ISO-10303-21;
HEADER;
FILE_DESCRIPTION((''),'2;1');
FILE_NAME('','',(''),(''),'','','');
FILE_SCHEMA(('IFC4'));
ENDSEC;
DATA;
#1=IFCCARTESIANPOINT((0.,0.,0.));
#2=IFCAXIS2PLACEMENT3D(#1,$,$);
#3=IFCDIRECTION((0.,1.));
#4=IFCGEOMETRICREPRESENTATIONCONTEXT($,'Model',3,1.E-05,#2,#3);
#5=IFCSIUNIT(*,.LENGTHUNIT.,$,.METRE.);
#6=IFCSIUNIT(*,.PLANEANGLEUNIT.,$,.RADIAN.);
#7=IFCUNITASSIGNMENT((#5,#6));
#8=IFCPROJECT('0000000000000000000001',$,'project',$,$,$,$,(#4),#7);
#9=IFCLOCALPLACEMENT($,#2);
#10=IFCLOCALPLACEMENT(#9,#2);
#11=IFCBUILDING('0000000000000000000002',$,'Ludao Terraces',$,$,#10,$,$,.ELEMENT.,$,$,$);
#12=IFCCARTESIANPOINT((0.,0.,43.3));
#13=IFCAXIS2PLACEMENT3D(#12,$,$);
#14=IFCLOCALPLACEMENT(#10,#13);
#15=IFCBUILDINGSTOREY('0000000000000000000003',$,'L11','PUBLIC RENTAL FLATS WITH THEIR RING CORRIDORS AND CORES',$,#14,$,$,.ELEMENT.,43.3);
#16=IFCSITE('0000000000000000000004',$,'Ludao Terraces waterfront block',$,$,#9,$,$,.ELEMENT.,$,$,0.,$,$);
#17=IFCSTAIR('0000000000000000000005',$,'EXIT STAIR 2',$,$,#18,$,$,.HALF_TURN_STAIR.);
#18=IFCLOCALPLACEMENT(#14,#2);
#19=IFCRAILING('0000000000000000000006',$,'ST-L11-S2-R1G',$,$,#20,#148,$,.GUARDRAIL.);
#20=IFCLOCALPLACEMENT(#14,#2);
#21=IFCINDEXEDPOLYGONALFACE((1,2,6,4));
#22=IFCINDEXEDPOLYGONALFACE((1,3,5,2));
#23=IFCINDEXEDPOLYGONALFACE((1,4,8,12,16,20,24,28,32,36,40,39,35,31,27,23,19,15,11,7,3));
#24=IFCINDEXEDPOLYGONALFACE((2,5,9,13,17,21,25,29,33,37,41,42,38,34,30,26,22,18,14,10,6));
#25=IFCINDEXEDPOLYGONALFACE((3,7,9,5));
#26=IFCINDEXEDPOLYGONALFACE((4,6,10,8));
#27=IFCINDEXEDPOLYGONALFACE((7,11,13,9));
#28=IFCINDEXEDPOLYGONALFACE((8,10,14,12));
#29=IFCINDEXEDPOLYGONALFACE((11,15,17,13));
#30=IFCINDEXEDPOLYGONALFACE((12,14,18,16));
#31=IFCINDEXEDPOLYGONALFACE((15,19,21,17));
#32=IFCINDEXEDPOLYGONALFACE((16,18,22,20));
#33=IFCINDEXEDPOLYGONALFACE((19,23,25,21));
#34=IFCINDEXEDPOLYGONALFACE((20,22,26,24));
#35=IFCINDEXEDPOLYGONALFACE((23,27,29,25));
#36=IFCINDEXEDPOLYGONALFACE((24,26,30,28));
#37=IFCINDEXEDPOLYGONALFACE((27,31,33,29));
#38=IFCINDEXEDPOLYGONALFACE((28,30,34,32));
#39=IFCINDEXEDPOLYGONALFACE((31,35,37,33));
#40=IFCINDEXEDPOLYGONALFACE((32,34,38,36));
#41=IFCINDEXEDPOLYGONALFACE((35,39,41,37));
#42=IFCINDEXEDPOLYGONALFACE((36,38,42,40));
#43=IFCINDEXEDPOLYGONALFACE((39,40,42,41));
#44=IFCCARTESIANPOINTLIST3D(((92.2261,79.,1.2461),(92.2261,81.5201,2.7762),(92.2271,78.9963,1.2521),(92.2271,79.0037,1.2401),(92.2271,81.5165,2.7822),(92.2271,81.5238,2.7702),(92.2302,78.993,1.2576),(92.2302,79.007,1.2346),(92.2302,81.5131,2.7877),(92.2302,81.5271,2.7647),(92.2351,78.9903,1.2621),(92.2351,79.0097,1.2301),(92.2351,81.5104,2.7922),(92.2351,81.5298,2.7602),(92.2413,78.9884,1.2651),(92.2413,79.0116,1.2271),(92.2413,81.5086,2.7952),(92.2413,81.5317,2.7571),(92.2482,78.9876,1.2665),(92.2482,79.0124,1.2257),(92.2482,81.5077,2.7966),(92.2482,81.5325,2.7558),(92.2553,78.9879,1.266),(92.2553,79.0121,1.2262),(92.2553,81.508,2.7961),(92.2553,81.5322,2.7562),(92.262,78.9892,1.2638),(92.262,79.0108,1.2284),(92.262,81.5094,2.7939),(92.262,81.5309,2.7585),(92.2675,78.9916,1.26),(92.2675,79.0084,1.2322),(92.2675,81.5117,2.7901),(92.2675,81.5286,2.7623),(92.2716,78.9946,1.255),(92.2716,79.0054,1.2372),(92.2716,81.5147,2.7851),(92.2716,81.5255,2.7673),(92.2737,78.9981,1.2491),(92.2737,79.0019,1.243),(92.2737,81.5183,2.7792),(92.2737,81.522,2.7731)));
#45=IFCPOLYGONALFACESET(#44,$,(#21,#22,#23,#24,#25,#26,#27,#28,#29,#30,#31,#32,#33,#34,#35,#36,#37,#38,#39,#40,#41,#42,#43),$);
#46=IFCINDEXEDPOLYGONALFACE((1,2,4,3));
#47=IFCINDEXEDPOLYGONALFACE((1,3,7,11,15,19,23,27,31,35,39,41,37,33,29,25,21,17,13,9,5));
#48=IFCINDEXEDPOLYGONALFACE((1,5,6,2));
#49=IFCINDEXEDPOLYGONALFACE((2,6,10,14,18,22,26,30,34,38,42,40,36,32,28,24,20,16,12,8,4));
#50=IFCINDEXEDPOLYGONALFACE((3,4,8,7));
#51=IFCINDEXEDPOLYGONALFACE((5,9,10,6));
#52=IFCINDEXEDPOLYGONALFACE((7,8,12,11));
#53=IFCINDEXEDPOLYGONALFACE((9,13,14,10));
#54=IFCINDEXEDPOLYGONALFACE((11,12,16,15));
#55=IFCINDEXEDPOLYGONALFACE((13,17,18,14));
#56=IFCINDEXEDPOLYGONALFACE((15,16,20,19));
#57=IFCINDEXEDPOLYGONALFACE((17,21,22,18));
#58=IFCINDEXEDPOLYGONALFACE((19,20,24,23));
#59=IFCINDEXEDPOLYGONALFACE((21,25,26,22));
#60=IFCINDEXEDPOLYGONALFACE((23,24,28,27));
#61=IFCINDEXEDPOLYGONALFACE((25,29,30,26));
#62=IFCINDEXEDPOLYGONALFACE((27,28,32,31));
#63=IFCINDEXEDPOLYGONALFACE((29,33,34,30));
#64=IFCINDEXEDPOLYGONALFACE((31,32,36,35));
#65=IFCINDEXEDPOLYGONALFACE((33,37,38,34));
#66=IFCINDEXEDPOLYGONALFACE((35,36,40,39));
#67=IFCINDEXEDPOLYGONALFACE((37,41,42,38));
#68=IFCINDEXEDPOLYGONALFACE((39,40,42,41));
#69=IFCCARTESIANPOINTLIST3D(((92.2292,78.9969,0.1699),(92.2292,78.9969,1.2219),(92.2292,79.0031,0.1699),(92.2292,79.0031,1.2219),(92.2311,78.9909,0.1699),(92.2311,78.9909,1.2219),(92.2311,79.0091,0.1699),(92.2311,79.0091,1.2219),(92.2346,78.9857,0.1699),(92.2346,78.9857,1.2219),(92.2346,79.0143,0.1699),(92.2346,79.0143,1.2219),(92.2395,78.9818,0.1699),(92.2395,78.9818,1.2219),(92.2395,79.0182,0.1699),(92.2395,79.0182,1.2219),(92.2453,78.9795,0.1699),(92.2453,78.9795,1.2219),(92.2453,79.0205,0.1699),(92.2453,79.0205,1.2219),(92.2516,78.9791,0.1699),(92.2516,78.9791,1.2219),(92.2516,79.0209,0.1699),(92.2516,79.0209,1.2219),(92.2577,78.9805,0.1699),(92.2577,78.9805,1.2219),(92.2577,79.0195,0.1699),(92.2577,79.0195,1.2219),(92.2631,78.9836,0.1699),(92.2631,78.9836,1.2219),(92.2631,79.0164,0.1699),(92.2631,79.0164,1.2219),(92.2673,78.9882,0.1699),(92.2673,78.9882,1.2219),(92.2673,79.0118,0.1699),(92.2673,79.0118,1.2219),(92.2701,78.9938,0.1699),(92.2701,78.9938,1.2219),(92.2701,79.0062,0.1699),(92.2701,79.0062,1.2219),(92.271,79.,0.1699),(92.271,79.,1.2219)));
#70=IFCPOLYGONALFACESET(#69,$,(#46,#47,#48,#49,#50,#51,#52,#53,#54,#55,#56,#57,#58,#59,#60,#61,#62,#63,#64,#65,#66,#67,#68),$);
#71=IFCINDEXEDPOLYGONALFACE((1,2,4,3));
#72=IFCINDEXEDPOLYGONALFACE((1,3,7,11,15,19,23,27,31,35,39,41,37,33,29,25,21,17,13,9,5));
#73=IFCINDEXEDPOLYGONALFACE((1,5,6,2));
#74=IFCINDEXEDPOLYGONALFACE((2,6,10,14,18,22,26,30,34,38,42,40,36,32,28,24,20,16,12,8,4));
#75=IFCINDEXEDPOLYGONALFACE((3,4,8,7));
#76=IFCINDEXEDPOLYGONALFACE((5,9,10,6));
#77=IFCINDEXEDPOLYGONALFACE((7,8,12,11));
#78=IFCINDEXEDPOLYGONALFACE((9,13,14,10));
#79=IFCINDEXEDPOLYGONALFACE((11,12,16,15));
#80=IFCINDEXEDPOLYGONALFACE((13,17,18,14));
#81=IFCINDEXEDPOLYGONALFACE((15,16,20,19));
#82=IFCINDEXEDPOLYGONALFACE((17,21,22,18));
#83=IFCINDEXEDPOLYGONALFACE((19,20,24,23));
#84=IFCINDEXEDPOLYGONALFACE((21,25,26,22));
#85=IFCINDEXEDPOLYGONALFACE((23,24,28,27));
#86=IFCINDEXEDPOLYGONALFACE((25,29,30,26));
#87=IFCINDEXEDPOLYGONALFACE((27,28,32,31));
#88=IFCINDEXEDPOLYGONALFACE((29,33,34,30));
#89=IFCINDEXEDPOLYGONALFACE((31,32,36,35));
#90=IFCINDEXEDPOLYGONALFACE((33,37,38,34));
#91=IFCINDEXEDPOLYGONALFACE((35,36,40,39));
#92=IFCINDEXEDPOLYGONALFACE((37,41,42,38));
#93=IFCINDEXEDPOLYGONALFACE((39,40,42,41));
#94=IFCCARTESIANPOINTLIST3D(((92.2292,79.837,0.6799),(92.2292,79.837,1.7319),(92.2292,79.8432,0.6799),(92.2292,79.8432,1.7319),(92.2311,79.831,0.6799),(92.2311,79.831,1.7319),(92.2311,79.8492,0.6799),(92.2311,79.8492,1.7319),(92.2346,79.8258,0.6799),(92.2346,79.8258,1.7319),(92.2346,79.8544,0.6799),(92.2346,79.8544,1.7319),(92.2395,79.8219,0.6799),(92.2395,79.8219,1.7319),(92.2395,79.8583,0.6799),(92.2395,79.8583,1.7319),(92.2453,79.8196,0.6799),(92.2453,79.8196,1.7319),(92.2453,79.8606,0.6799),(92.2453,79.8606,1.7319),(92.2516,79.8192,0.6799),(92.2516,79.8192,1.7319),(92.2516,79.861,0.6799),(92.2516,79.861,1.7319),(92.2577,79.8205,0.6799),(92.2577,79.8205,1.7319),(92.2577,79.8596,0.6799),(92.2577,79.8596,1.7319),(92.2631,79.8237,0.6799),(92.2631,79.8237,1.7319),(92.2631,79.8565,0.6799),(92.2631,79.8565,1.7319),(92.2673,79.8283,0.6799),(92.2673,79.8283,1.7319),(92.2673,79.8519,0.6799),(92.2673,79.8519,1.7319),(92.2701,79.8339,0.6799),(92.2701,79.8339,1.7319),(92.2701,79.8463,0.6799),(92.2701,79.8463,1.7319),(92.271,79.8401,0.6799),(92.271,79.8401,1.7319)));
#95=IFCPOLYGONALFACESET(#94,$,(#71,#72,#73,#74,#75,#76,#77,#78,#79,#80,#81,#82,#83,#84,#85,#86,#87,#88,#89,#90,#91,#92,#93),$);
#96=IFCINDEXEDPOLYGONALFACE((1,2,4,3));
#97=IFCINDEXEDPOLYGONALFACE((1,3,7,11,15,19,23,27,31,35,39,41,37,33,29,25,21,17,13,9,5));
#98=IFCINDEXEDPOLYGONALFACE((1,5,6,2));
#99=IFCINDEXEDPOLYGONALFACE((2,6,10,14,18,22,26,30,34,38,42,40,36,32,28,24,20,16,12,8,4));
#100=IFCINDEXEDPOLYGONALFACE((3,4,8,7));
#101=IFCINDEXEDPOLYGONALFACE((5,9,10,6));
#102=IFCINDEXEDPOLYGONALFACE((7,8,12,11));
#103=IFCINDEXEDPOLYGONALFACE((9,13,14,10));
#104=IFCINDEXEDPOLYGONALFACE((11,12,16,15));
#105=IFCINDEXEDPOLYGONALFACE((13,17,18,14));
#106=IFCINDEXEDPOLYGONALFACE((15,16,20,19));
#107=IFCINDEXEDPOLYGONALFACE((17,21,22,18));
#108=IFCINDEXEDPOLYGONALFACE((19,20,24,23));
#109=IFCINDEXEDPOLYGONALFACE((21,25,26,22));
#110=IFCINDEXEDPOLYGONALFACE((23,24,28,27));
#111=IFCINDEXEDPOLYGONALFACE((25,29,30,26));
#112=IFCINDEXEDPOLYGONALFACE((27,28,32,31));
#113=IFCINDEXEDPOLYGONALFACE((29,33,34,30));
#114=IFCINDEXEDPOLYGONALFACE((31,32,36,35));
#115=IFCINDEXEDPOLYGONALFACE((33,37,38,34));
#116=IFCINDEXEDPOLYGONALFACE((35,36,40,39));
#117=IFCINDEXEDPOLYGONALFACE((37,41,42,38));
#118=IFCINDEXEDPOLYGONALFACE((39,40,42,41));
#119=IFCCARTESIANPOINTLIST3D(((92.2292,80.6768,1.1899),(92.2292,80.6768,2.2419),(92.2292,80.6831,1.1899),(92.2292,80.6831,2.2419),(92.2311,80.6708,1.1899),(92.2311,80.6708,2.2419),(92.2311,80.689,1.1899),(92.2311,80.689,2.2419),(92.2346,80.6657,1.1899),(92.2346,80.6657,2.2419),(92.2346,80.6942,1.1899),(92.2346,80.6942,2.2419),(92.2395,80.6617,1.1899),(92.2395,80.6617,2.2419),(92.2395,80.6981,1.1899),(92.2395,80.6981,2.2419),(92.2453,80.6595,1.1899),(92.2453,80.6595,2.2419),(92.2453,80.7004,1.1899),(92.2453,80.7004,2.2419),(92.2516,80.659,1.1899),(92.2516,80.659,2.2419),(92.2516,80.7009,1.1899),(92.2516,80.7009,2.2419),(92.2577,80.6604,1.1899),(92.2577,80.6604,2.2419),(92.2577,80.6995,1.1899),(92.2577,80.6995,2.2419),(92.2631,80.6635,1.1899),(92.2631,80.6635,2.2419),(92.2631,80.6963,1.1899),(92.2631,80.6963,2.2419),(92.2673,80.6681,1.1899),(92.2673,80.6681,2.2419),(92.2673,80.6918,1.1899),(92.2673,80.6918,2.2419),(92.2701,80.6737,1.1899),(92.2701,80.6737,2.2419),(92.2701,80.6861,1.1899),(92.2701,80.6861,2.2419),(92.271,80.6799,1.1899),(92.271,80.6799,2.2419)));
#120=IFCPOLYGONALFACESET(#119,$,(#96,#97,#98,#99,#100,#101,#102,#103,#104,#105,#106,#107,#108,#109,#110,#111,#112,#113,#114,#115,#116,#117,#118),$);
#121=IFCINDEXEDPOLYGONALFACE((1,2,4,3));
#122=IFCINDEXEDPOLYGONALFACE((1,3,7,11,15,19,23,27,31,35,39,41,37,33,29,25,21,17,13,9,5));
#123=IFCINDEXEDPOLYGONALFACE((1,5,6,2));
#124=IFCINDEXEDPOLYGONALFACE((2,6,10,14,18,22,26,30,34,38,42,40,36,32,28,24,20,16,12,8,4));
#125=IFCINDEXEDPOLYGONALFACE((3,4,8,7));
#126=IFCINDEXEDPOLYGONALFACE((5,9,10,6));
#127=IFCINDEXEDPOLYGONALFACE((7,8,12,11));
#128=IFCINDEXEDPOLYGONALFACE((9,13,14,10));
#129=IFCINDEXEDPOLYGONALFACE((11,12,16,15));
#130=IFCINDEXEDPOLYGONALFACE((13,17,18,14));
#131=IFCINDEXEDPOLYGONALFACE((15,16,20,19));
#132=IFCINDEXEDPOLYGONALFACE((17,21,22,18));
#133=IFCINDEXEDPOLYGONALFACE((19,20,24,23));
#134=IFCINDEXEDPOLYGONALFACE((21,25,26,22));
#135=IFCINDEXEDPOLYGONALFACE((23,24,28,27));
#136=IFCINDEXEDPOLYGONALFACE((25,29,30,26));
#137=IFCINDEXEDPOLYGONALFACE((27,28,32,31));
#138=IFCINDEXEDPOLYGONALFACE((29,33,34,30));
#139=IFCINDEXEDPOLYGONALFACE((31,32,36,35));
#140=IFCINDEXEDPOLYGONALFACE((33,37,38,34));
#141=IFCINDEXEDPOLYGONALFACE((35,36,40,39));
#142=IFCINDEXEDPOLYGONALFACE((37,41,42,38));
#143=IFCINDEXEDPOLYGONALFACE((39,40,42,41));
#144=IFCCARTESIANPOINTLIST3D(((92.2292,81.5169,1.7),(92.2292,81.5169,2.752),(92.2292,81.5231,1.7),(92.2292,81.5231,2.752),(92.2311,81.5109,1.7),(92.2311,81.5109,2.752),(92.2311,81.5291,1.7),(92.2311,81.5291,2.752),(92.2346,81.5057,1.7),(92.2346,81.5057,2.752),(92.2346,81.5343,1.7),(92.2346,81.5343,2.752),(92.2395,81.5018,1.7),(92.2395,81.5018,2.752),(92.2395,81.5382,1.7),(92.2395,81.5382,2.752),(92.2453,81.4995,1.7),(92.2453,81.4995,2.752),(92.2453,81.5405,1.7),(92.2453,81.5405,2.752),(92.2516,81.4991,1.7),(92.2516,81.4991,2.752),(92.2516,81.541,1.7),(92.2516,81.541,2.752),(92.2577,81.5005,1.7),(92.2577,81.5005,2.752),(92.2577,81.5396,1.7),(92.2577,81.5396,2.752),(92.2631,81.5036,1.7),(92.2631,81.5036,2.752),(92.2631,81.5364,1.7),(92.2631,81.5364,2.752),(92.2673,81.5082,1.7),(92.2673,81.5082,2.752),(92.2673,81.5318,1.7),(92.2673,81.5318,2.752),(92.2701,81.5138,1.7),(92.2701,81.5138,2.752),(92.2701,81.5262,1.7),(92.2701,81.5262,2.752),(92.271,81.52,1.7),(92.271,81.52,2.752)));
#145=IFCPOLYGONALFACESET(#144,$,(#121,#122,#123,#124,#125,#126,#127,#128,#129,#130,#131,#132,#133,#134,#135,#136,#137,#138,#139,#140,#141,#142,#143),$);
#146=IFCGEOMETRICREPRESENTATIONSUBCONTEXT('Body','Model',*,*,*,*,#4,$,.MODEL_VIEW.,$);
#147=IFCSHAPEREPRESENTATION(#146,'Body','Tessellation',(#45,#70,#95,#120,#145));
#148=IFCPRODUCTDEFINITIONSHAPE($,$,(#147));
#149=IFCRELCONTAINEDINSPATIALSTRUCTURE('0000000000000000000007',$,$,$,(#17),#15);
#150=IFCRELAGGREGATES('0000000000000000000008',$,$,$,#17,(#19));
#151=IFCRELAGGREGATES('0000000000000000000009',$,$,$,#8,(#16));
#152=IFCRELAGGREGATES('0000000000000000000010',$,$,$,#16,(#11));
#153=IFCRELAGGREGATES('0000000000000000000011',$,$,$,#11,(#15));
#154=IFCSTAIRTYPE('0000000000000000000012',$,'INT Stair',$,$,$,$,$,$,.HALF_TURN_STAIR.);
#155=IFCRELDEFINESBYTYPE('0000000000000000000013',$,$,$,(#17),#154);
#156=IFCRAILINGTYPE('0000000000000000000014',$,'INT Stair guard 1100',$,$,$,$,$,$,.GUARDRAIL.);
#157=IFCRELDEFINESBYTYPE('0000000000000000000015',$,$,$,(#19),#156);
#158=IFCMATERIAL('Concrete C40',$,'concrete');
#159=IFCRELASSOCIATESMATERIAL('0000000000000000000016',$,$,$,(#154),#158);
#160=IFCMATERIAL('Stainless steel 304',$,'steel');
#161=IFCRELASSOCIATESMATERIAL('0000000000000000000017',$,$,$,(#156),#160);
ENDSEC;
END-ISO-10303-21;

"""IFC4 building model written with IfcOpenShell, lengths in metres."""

from ifc_helpers import new_model, si_unit, direction, frame, origin, origin_2d, place, context, subcontext, project, spatial, circle, extrude, material, type_object, element, aggregate, save


model = new_model("IFC4")

# Units and contexts
model_context = context("Model", 3, precision=1e-05, world=origin(), true_north=direction((0.0, 1.0)))
body_context = subcontext(model_context, "Body", "Model", "MODEL_VIEW")
ifc_project = project(units=[si_unit("LENGTHUNIT", "METRE"), si_unit("PLANEANGLEUNIT", "RADIAN")], contexts=[model_context])

# Site, building, storey
site_placement = place(None, origin())
site = spatial("IfcSite", under=ifc_project, at=site_placement, Name="Ludao Terraces waterfront block", CompositionType="ELEMENT", RefElevation=0.0)
building_placement = place(site_placement, origin())
building = spatial("IfcBuilding", under=site, at=building_placement, Name="Ludao Terraces", CompositionType="ELEMENT")
storey_placement = place(building_placement, frame((0.0, 0.0, 43.3)))
storey = spatial("IfcBuildingStorey", under=building, at=storey_placement, Name="L11", Description="PUBLIC RENTAL FLATS WITH THEIR RING CORRIDORS AND CORES", CompositionType="ELEMENT", Elevation=43.3)

# Stair, railing
ifc_material_1 = material(Name="Concrete C40", Category="concrete")
stair_type = type_object("IfcStairType", Name="INT Stair", PredefinedType="HALF_TURN_STAIR", material=ifc_material_1)
stair_placement = place(storey_placement, origin())
stair = element("IfcStair", 1, at=stair_placement, inside=storey, type_object=stair_type, Name="EXIT STAIR 2", PredefinedType="HALF_TURN_STAIR")
ifc_material_2 = material(Name="Stainless steel 304", Category="steel")
railing_type_1 = type_object("IfcRailingType", Name="INT Stair guard 1100", PredefinedType="GUARDRAIL", material=ifc_material_2)
railing_1_placement = place(storey_placement, frame((92.25, 79.0, 0.1699)))
railing_1 = element("IfcRailing", 2, at=railing_1_placement, type_object=railing_type_1, Name="ST-L11-S2-R1G", PredefinedType="GUARDRAIL", context=body_context, shape_type="SweptSolid", body=[
    extrude(circle(Radius=0.0239, at=origin_2d()), frame((0.0, 0.0, 1.0762), z_axis=(0.0, 0.854785, 0.518982), x_axis=(-1.0, 0.0, 0.0)), (0.0, 0.0, 1.0), 2.9482),
    extrude(circle(Radius=0.021, at=origin_2d()), origin(), (0.0, 0.0, 1.0), 1.052),
    extrude(circle(Radius=0.021, at=origin_2d()), frame((0.0, 0.8401, 0.51)), (0.0, 0.0, 1.0), 1.052),
    extrude(circle(Radius=0.021, at=origin_2d()), frame((0.0, 1.6799, 1.02)), (0.0, 0.0, 1.0), 1.052),
    extrude(circle(Radius=0.021, at=origin_2d()), frame((0.0, 2.52, 1.53)), (0.0, 0.0, 1.0), 1.052),
])
aggregate(stair, [railing_1])

save(model, "model.ifc")
